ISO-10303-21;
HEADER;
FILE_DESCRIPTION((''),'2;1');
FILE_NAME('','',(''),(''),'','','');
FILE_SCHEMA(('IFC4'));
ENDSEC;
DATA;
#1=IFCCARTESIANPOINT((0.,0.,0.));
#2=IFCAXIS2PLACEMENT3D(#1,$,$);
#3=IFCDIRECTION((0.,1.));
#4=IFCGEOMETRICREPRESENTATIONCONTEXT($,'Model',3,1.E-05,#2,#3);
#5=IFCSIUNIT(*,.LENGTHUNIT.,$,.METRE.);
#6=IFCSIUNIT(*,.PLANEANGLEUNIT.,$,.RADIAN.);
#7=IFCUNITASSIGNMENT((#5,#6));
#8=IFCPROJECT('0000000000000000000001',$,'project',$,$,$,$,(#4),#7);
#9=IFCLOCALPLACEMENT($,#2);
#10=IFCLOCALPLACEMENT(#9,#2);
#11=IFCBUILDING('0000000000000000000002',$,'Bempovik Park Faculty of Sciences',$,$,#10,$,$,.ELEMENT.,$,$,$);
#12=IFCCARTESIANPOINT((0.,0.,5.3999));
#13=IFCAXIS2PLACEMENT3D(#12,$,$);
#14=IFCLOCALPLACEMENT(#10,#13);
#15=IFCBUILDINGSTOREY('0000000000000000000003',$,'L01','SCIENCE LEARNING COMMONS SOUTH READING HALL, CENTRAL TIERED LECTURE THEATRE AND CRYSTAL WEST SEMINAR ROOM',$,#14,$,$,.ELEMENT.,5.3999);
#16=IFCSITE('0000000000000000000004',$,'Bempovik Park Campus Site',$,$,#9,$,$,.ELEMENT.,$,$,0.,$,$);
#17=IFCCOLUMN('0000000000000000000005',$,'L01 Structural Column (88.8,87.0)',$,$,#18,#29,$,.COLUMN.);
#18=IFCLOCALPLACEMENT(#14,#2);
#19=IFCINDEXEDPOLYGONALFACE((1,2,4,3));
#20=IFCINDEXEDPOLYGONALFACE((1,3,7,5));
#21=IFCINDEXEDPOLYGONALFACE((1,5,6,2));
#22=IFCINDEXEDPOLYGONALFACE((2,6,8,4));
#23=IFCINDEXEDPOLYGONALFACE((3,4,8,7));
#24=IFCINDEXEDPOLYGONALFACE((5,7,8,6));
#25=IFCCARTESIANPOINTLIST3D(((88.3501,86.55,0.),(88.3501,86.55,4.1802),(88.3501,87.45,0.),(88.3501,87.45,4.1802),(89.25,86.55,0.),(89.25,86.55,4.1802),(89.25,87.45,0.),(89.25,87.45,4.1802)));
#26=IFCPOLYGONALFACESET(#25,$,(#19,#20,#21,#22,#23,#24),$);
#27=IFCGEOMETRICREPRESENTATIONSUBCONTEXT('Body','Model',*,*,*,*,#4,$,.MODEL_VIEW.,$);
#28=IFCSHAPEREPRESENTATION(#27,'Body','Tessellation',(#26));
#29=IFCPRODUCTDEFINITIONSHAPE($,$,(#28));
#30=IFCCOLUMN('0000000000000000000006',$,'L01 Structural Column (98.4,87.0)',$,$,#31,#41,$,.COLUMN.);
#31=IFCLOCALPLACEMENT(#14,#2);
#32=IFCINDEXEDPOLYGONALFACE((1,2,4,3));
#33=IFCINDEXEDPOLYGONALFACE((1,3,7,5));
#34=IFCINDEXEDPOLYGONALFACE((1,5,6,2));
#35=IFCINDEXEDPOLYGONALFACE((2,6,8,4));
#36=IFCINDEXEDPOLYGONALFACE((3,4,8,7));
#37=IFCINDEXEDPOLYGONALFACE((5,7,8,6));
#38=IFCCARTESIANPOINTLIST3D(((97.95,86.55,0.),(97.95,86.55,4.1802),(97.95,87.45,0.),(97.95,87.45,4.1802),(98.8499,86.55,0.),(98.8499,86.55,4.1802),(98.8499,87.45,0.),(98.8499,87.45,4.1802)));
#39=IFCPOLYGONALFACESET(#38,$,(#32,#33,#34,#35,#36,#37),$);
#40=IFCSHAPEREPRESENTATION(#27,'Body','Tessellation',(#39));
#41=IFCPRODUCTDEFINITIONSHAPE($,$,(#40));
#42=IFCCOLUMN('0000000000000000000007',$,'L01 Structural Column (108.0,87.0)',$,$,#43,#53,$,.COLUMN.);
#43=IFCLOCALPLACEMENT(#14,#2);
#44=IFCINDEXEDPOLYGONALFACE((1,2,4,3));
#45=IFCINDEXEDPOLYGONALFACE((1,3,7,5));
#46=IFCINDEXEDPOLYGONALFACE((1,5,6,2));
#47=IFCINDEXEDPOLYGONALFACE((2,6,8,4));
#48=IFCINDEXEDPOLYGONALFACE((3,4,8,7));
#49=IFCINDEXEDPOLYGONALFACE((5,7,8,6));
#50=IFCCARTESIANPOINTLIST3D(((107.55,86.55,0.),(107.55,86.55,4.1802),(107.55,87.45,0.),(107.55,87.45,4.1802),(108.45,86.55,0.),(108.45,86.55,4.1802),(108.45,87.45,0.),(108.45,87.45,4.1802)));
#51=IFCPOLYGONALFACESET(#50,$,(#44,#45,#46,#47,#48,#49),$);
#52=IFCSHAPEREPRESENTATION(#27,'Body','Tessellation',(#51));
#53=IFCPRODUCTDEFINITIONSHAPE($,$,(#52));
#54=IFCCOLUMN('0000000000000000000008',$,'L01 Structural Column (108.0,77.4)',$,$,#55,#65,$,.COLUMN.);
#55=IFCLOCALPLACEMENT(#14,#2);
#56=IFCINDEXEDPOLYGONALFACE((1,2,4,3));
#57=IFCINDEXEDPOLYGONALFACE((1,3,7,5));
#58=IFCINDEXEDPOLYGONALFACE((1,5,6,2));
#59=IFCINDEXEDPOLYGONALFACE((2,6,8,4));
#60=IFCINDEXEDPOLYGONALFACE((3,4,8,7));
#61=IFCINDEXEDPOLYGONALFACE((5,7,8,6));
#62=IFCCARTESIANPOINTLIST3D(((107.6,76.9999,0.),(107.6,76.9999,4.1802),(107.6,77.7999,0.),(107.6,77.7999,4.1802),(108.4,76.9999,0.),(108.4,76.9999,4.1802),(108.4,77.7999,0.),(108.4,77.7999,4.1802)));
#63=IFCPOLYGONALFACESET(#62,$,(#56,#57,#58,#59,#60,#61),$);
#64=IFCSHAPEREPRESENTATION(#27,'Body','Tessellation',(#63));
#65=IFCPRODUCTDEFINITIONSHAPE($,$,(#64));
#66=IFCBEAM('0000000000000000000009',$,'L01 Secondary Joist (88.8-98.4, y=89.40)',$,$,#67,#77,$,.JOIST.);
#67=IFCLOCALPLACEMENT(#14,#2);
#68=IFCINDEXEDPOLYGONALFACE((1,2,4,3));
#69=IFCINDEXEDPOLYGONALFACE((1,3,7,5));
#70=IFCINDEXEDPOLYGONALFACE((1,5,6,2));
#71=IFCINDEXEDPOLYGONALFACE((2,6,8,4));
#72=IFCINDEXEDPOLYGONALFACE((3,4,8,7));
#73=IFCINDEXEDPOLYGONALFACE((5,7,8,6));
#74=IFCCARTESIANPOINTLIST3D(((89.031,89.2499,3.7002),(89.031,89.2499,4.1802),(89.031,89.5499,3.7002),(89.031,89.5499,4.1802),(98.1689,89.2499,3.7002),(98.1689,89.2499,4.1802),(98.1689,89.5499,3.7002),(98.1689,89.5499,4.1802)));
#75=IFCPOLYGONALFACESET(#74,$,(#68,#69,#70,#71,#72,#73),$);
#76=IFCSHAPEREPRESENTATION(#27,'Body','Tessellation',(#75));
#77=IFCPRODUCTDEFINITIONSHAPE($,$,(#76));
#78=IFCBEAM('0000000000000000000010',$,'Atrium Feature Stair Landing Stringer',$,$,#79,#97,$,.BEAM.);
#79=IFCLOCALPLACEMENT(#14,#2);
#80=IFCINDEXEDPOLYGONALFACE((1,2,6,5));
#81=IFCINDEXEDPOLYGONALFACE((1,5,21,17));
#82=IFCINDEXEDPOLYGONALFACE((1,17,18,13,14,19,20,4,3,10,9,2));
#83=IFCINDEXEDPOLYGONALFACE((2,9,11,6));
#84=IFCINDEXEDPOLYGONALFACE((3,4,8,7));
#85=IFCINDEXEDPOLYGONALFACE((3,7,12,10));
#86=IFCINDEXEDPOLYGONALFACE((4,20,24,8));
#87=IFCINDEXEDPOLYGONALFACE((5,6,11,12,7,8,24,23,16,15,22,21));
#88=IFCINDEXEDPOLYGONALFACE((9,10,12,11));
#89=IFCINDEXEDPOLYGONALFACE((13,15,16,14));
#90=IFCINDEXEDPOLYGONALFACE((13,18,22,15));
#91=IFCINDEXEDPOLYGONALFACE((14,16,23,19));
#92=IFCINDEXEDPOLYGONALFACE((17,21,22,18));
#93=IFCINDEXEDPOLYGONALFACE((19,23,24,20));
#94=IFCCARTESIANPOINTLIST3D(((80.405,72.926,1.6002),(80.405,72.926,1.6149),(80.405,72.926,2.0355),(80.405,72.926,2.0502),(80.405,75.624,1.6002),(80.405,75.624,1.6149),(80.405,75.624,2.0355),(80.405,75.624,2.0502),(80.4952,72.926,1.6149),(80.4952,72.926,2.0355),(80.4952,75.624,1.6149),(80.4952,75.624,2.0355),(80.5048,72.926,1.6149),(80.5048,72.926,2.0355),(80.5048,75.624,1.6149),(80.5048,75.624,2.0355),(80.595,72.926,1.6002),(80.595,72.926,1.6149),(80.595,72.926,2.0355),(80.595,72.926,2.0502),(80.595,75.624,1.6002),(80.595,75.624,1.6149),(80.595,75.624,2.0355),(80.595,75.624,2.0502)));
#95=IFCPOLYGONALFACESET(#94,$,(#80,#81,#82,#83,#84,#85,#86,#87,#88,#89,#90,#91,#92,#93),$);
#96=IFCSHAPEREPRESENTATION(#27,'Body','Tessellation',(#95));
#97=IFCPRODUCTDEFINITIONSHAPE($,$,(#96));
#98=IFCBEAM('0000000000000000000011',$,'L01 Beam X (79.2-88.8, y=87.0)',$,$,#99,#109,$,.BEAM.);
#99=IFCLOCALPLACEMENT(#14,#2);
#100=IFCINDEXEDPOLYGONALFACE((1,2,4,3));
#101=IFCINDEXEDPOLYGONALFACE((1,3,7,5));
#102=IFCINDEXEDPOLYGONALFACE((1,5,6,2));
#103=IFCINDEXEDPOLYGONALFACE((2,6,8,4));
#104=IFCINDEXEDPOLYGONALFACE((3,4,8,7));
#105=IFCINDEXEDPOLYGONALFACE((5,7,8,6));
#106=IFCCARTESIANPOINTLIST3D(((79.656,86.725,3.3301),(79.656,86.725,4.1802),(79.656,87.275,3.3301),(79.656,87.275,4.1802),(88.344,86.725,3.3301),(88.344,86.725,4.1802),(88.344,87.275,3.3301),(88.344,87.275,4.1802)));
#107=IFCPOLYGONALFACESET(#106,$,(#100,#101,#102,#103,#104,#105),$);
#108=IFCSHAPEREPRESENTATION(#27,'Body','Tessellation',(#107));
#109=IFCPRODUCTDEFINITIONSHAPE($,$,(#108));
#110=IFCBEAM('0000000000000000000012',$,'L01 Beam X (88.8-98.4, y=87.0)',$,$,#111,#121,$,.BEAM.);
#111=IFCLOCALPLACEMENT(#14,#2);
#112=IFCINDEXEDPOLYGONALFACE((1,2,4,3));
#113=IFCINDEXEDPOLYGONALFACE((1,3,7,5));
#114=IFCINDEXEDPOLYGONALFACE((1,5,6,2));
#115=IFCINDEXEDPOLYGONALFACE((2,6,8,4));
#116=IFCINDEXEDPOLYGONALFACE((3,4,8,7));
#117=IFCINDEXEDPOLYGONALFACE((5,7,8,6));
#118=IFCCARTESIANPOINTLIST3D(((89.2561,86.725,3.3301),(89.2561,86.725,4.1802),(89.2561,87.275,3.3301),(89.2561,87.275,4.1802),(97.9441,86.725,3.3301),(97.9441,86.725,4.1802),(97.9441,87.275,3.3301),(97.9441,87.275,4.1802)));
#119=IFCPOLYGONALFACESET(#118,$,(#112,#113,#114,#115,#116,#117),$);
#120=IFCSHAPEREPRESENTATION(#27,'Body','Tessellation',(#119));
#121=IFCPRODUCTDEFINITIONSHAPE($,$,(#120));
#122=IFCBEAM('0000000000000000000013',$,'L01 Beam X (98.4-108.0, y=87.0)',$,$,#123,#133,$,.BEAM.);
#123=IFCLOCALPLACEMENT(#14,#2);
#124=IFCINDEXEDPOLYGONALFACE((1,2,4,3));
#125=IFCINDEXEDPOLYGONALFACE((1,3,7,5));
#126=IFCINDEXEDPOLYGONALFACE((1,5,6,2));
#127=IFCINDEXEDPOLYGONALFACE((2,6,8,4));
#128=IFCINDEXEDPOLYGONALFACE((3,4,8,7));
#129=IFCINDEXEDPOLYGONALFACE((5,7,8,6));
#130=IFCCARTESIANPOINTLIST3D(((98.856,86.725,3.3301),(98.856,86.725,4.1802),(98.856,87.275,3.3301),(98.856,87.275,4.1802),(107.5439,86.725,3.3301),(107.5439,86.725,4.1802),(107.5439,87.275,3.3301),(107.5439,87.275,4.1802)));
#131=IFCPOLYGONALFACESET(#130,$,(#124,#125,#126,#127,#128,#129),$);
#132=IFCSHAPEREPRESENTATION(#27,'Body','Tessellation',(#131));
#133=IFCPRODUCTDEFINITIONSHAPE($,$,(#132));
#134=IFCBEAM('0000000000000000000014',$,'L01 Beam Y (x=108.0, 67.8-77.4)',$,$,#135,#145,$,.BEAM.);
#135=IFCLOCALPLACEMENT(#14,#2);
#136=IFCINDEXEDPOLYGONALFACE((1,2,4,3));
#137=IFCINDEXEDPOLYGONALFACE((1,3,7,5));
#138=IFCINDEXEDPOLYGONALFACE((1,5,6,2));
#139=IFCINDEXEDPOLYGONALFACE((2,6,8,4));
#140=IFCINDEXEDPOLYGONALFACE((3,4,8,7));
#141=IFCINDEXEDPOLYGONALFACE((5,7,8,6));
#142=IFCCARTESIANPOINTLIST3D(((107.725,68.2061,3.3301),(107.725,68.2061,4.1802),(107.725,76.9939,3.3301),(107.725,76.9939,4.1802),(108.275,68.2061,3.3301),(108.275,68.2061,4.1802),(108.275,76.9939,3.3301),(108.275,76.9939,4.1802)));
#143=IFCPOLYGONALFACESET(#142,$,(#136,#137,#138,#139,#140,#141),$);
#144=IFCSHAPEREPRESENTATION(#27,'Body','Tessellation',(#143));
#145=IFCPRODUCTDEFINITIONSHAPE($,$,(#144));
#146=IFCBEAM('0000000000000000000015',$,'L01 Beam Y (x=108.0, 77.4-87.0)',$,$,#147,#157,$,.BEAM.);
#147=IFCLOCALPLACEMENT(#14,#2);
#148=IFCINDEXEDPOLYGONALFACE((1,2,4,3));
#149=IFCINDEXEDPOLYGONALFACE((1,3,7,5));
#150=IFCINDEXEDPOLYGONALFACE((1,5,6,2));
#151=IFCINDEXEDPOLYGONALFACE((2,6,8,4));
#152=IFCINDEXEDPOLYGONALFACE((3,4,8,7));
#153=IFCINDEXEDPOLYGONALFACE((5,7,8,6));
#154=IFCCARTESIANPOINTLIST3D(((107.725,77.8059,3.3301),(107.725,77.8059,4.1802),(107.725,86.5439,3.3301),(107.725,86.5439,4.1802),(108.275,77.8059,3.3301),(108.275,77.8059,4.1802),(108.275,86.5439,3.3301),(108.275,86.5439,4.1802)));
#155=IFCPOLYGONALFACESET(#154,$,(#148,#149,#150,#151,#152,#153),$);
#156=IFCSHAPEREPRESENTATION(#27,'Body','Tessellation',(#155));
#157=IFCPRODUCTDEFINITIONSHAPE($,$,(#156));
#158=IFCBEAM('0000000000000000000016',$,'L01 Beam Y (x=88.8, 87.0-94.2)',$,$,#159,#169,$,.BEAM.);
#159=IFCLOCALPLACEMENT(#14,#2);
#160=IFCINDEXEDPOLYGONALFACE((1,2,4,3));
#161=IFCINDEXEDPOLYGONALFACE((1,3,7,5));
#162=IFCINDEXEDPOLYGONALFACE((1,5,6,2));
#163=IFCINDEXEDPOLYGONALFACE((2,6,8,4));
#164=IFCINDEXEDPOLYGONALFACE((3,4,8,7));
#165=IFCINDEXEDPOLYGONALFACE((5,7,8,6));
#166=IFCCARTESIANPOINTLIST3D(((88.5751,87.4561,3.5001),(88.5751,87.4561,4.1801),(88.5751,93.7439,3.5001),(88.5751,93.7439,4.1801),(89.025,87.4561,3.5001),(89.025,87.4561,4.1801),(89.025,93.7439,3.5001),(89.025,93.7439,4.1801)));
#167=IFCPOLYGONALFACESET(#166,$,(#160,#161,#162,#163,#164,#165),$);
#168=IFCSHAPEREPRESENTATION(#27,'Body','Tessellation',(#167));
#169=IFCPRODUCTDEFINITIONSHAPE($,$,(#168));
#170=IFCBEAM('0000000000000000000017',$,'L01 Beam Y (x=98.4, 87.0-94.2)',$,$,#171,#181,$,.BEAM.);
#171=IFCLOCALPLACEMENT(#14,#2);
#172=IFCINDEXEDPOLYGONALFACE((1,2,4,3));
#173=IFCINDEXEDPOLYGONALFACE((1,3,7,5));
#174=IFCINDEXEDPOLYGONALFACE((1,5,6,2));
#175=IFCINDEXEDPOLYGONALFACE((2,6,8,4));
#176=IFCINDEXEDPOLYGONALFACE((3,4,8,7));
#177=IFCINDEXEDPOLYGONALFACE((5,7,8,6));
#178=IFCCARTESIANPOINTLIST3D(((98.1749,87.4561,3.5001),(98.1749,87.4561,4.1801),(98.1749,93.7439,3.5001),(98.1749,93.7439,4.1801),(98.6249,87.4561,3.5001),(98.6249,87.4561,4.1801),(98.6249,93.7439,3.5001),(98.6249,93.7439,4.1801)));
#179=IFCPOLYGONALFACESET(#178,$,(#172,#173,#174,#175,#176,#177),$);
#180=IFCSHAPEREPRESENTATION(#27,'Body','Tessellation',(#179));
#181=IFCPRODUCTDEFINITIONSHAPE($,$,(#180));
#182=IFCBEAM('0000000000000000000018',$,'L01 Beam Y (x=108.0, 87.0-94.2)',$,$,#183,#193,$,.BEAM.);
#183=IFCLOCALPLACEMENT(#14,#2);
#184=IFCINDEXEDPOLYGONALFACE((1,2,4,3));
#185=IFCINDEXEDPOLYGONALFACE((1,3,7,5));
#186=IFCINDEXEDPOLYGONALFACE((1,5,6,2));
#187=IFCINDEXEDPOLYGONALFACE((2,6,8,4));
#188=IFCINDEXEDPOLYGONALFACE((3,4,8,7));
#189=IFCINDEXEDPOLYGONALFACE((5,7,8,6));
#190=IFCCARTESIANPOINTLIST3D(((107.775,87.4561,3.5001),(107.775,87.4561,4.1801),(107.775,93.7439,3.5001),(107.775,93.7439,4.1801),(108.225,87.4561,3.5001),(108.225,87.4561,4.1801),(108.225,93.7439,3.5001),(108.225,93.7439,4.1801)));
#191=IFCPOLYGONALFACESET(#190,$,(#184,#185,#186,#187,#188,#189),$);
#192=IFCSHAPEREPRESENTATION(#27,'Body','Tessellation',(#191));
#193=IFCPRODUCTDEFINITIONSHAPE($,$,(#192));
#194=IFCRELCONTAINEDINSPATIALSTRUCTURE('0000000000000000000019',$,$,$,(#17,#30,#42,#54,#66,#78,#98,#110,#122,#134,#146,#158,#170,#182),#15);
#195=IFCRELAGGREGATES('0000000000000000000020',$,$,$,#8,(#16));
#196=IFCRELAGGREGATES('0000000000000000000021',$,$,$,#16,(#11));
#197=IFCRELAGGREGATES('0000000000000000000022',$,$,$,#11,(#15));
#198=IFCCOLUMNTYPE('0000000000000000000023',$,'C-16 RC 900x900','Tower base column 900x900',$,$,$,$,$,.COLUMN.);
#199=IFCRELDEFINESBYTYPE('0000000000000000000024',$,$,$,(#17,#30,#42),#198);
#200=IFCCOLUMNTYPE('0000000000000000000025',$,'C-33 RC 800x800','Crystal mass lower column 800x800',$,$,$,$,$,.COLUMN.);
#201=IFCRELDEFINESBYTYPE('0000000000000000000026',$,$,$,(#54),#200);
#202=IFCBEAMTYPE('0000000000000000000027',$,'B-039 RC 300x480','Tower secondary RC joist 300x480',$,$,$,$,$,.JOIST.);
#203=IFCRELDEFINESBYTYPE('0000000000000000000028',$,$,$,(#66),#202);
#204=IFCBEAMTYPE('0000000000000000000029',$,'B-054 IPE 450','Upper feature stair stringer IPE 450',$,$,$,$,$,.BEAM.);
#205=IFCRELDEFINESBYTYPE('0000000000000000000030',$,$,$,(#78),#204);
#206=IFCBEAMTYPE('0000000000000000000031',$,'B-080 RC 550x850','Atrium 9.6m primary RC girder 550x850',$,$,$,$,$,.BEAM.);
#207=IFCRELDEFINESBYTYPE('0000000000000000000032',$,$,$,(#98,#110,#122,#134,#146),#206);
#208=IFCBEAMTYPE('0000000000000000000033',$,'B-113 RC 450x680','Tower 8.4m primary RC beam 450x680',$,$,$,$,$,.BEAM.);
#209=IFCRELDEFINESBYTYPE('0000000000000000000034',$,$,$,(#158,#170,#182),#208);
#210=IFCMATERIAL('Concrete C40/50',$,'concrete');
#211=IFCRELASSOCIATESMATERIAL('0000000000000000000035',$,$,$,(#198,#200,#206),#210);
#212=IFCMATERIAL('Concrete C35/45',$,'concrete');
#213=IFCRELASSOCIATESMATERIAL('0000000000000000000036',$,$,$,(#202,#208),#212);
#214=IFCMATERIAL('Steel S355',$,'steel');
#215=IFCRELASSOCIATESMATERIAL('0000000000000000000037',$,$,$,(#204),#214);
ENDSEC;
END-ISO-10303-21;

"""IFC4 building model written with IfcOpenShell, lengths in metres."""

from ifc_helpers import new_model, si_unit, direction, frame, origin, origin_2d, place, context, subcontext, project, spatial, rectangle, i_section, extrude, material, material_profile, profile_set, type_object, element, save


model = new_model("IFC4")

# Units and contexts
model_context = context("Model", 3, precision=1e-05, world=origin(), true_north=direction((0.0, 1.0)))
body_context = subcontext(model_context, "Body", "Model", "MODEL_VIEW")
ifc_project = project(units=[si_unit("LENGTHUNIT", "METRE"), si_unit("PLANEANGLEUNIT", "RADIAN")], contexts=[model_context])

# Site, building, storey
site_placement = place(None, origin())
site = spatial("IfcSite", under=ifc_project, at=site_placement, Name="Bempovik Park Campus Site", CompositionType="ELEMENT", RefElevation=0.0)
building_placement = place(site_placement, origin())
building = spatial("IfcBuilding", under=site, at=building_placement, Name="Bempovik Park Faculty of Sciences", CompositionType="ELEMENT")
storey_placement = place(building_placement, frame((0.0, 0.0, 5.3999)))
storey = spatial("IfcBuildingStorey", under=building, at=storey_placement, Name="L01", Description="SCIENCE LEARNING COMMONS SOUTH READING HALL, CENTRAL TIERED LECTURE THEATRE AND CRYSTAL WEST SEMINAR ROOM", CompositionType="ELEMENT", Elevation=5.3999)

# Columns
ifc_material_1 = material(Name="Concrete C40/50", Category="concrete")
ifc_material_profile_1 = material_profile(ifc_material_1, rectangle(XDim=0.8999, YDim=0.8999, at=origin_2d()), Name="RC 900x900")
ifc_profile_set_1 = profile_set([ifc_material_profile_1], Name="Concrete C40/50")
column_type_1 = type_object("IfcColumnType", Name="C-16 RC 900x900", Description="Tower base column 900x900", PredefinedType="COLUMN", material=ifc_profile_set_1)
for number, where, z_axis, x_axis, name in (
    (1, (88.8, 87.0, 0.0), (0.0, 0.0, 1.0), (1.0, 0.0, 0.0), "L01 Structural Column (88.8,87.0)"),
    (2, (98.3999, 87.0, 0.0), (0.0, 0.0, 1.0), (1.0, 0.0, 0.0), "L01 Structural Column (98.4,87.0)"),
    (3, (108.0, 87.0, 0.0), (0.0, 0.0, 1.0), (1.0, 0.0, 0.0), "L01 Structural Column (108.0,87.0)"),
):
    element("IfcColumn", number, at=place(storey_placement, frame(where, z_axis=z_axis, x_axis=x_axis)), inside=storey, type_object=column_type_1, Name=name, PredefinedType="COLUMN", context=body_context, shape_type="SweptSolid", body=[
        extrude(rectangle(XDim=0.8999, YDim=0.8999, at=origin_2d()), origin(), (0.0, 0.0, 1.0), 4.1802),
    ])
ifc_material_profile_2 = material_profile(ifc_material_1, rectangle(XDim=0.8, YDim=0.8, at=origin_2d()), Name="RC 800x800")
ifc_profile_set_2 = profile_set([ifc_material_profile_2], Name="Concrete C40/50")
column_type_2 = type_object("IfcColumnType", Name="C-33 RC 800x800", Description="Crystal mass lower column 800x800", PredefinedType="COLUMN", material=ifc_profile_set_2)
column_placement = place(storey_placement, frame((108.0, 77.3999, 0.0), z_axis=(0.0, 0.0, 1.0), x_axis=(1.0, 0.0, 0.0)))
element("IfcColumn", 4, at=column_placement, inside=storey, type_object=column_type_2, Name="L01 Structural Column (108.0,77.4)", PredefinedType="COLUMN", context=body_context, shape_type="SweptSolid", body=[
    extrude(rectangle(XDim=0.8, YDim=0.8, at=origin_2d()), origin(), (0.0, 0.0, 1.0), 4.1802),
])

# Beams
ifc_material_2 = material(Name="Concrete C35/45", Category="concrete")
ifc_material_profile_3 = material_profile(ifc_material_2, rectangle(XDim=0.3, YDim=0.48, at=origin_2d()), Name="RC 300x480")
ifc_profile_set_3 = profile_set([ifc_material_profile_3], Name="Concrete C35/45")
beam_type_1 = type_object("IfcBeamType", Name="B-039 RC 300x480", Description="Tower secondary RC joist 300x480", PredefinedType="JOIST", material=ifc_profile_set_3)
beam_1_placement = place(storey_placement, frame((89.031, 89.3999, 3.9402), z_axis=(1.0, 0.0, 0.0), x_axis=(0.0, 1.0, 0.0)))
element("IfcBeam", 5, at=beam_1_placement, inside=storey, type_object=beam_type_1, Name="L01 Secondary Joist (88.8-98.4, y=89.40)", PredefinedType="JOIST", context=body_context, shape_type="SweptSolid", body=[
    extrude(rectangle(XDim=0.3, YDim=0.48, at=origin_2d()), origin(), (0.0, 0.0, 1.0), 9.1379),
])
ifc_material_3 = material(Name="Steel S355", Category="steel")
ifc_material_profile_4 = material_profile(ifc_material_3, i_section(OverallWidth=0.1899, OverallDepth=0.45, WebThickness=0.0095, FlangeThickness=0.0146, at=origin_2d()), Name="IPE 450")
ifc_profile_set_4 = profile_set([ifc_material_profile_4], Name="Steel S355")
beam_type_2 = type_object("IfcBeamType", Name="B-054 IPE 450", Description="Upper feature stair stringer IPE 450", PredefinedType="BEAM", material=ifc_profile_set_4)
beam_2_placement = place(storey_placement, frame((80.5, 72.926, 1.8252), z_axis=(0.0, 1.0, 0.0), x_axis=(-1.0, 0.0, 0.0)))
element("IfcBeam", 6, at=beam_2_placement, inside=storey, type_object=beam_type_2, Name="Atrium Feature Stair Landing Stringer", PredefinedType="BEAM", context=body_context, shape_type="SweptSolid", body=[
    extrude(i_section(OverallWidth=0.1899, OverallDepth=0.45, WebThickness=0.0095, FlangeThickness=0.0146, at=origin_2d()), origin(), (0.0, 0.0, 1.0), 2.698),
])
ifc_material_profile_5 = material_profile(ifc_material_1, rectangle(XDim=0.55, YDim=0.8501, at=origin_2d()), Name="RC 550x850")
ifc_profile_set_5 = profile_set([ifc_material_profile_5], Name="Concrete C40/50")
beam_type_3 = type_object("IfcBeamType", Name="B-080 RC 550x850", Description="Atrium 9.6m primary RC girder 550x850", PredefinedType="BEAM", material=ifc_profile_set_5)
for number, where, z_axis, x_axis, name in (
    (7, (79.656, 87.0, 3.7551), (1.0, 0.0, 0.0), (0.0, 1.0, 0.0), "L01 Beam X (79.2-88.8, y=87.0)"),
    (8, (89.2561, 87.0, 3.7551), (1.0, 0.0, 0.0), (0.0, 1.0, 0.0), "L01 Beam X (88.8-98.4, y=87.0)"),
    (9, (98.856, 87.0, 3.7551), (1.0, 0.0, 0.0), (0.0, 1.0, 0.0), "L01 Beam X (98.4-108.0, y=87.0)"),
):
    element("IfcBeam", number, at=place(storey_placement, frame(where, z_axis=z_axis, x_axis=x_axis)), inside=storey, type_object=beam_type_3, Name=name, PredefinedType="BEAM", context=body_context, shape_type="SweptSolid", body=[
        extrude(rectangle(XDim=0.55, YDim=0.8501, at=origin_2d()), origin(), (0.0, 0.0, 1.0), 8.688),
    ])
beam_3_placement = place(storey_placement, frame((108.0, 68.2061, 3.7551), z_axis=(0.0, 1.0, 0.0), x_axis=(-1.0, 0.0, 0.0)))
element("IfcBeam", 10, at=beam_3_placement, inside=storey, type_object=beam_type_3, Name="L01 Beam Y (x=108.0, 67.8-77.4)", PredefinedType="BEAM", context=body_context, shape_type="SweptSolid", body=[
    extrude(rectangle(XDim=0.55, YDim=0.8501, at=origin_2d()), origin(), (0.0, 0.0, 1.0), 8.7878),
])
beam_4_placement = place(storey_placement, frame((108.0, 77.8059, 3.7551), z_axis=(0.0, 1.0, 0.0), x_axis=(-1.0, 0.0, 0.0)))
element("IfcBeam", 11, at=beam_4_placement, inside=storey, type_object=beam_type_3, Name="L01 Beam Y (x=108.0, 77.4-87.0)", PredefinedType="BEAM", context=body_context, shape_type="SweptSolid", body=[
    extrude(rectangle(XDim=0.55, YDim=0.8501, at=origin_2d()), origin(), (0.0, 0.0, 1.0), 8.738),
])
ifc_material_profile_6 = material_profile(ifc_material_2, rectangle(XDim=0.45, YDim=0.6799, at=origin_2d()), Name="RC 450x680")
ifc_profile_set_6 = profile_set([ifc_material_profile_6], Name="Concrete C35/45")
beam_type_4 = type_object("IfcBeamType", Name="B-113 RC 450x680", Description="Tower 8.4m primary RC beam 450x680", PredefinedType="BEAM", material=ifc_profile_set_6)
for number, where, z_axis, x_axis, name in (
    (12, (88.8, 87.4561, 3.8401), (0.0, 1.0, 0.0), (-1.0, 0.0, 0.0), "L01 Beam Y (x=88.8, 87.0-94.2)"),
    (13, (98.3999, 87.4561, 3.8401), (0.0, 1.0, 0.0), (-1.0, 0.0, 0.0), "L01 Beam Y (x=98.4, 87.0-94.2)"),
    (14, (108.0, 87.4561, 3.8401), (0.0, 1.0, 0.0), (-1.0, 0.0, 0.0), "L01 Beam Y (x=108.0, 87.0-94.2)"),
):
    element("IfcBeam", number, at=place(storey_placement, frame(where, z_axis=z_axis, x_axis=x_axis)), inside=storey, type_object=beam_type_4, Name=name, PredefinedType="BEAM", context=body_context, shape_type="SweptSolid", body=[
        extrude(rectangle(XDim=0.45, YDim=0.6799, at=origin_2d()), origin(), (0.0, 0.0, 1.0), 6.2878),
    ])

save(model, "model.ifc")
